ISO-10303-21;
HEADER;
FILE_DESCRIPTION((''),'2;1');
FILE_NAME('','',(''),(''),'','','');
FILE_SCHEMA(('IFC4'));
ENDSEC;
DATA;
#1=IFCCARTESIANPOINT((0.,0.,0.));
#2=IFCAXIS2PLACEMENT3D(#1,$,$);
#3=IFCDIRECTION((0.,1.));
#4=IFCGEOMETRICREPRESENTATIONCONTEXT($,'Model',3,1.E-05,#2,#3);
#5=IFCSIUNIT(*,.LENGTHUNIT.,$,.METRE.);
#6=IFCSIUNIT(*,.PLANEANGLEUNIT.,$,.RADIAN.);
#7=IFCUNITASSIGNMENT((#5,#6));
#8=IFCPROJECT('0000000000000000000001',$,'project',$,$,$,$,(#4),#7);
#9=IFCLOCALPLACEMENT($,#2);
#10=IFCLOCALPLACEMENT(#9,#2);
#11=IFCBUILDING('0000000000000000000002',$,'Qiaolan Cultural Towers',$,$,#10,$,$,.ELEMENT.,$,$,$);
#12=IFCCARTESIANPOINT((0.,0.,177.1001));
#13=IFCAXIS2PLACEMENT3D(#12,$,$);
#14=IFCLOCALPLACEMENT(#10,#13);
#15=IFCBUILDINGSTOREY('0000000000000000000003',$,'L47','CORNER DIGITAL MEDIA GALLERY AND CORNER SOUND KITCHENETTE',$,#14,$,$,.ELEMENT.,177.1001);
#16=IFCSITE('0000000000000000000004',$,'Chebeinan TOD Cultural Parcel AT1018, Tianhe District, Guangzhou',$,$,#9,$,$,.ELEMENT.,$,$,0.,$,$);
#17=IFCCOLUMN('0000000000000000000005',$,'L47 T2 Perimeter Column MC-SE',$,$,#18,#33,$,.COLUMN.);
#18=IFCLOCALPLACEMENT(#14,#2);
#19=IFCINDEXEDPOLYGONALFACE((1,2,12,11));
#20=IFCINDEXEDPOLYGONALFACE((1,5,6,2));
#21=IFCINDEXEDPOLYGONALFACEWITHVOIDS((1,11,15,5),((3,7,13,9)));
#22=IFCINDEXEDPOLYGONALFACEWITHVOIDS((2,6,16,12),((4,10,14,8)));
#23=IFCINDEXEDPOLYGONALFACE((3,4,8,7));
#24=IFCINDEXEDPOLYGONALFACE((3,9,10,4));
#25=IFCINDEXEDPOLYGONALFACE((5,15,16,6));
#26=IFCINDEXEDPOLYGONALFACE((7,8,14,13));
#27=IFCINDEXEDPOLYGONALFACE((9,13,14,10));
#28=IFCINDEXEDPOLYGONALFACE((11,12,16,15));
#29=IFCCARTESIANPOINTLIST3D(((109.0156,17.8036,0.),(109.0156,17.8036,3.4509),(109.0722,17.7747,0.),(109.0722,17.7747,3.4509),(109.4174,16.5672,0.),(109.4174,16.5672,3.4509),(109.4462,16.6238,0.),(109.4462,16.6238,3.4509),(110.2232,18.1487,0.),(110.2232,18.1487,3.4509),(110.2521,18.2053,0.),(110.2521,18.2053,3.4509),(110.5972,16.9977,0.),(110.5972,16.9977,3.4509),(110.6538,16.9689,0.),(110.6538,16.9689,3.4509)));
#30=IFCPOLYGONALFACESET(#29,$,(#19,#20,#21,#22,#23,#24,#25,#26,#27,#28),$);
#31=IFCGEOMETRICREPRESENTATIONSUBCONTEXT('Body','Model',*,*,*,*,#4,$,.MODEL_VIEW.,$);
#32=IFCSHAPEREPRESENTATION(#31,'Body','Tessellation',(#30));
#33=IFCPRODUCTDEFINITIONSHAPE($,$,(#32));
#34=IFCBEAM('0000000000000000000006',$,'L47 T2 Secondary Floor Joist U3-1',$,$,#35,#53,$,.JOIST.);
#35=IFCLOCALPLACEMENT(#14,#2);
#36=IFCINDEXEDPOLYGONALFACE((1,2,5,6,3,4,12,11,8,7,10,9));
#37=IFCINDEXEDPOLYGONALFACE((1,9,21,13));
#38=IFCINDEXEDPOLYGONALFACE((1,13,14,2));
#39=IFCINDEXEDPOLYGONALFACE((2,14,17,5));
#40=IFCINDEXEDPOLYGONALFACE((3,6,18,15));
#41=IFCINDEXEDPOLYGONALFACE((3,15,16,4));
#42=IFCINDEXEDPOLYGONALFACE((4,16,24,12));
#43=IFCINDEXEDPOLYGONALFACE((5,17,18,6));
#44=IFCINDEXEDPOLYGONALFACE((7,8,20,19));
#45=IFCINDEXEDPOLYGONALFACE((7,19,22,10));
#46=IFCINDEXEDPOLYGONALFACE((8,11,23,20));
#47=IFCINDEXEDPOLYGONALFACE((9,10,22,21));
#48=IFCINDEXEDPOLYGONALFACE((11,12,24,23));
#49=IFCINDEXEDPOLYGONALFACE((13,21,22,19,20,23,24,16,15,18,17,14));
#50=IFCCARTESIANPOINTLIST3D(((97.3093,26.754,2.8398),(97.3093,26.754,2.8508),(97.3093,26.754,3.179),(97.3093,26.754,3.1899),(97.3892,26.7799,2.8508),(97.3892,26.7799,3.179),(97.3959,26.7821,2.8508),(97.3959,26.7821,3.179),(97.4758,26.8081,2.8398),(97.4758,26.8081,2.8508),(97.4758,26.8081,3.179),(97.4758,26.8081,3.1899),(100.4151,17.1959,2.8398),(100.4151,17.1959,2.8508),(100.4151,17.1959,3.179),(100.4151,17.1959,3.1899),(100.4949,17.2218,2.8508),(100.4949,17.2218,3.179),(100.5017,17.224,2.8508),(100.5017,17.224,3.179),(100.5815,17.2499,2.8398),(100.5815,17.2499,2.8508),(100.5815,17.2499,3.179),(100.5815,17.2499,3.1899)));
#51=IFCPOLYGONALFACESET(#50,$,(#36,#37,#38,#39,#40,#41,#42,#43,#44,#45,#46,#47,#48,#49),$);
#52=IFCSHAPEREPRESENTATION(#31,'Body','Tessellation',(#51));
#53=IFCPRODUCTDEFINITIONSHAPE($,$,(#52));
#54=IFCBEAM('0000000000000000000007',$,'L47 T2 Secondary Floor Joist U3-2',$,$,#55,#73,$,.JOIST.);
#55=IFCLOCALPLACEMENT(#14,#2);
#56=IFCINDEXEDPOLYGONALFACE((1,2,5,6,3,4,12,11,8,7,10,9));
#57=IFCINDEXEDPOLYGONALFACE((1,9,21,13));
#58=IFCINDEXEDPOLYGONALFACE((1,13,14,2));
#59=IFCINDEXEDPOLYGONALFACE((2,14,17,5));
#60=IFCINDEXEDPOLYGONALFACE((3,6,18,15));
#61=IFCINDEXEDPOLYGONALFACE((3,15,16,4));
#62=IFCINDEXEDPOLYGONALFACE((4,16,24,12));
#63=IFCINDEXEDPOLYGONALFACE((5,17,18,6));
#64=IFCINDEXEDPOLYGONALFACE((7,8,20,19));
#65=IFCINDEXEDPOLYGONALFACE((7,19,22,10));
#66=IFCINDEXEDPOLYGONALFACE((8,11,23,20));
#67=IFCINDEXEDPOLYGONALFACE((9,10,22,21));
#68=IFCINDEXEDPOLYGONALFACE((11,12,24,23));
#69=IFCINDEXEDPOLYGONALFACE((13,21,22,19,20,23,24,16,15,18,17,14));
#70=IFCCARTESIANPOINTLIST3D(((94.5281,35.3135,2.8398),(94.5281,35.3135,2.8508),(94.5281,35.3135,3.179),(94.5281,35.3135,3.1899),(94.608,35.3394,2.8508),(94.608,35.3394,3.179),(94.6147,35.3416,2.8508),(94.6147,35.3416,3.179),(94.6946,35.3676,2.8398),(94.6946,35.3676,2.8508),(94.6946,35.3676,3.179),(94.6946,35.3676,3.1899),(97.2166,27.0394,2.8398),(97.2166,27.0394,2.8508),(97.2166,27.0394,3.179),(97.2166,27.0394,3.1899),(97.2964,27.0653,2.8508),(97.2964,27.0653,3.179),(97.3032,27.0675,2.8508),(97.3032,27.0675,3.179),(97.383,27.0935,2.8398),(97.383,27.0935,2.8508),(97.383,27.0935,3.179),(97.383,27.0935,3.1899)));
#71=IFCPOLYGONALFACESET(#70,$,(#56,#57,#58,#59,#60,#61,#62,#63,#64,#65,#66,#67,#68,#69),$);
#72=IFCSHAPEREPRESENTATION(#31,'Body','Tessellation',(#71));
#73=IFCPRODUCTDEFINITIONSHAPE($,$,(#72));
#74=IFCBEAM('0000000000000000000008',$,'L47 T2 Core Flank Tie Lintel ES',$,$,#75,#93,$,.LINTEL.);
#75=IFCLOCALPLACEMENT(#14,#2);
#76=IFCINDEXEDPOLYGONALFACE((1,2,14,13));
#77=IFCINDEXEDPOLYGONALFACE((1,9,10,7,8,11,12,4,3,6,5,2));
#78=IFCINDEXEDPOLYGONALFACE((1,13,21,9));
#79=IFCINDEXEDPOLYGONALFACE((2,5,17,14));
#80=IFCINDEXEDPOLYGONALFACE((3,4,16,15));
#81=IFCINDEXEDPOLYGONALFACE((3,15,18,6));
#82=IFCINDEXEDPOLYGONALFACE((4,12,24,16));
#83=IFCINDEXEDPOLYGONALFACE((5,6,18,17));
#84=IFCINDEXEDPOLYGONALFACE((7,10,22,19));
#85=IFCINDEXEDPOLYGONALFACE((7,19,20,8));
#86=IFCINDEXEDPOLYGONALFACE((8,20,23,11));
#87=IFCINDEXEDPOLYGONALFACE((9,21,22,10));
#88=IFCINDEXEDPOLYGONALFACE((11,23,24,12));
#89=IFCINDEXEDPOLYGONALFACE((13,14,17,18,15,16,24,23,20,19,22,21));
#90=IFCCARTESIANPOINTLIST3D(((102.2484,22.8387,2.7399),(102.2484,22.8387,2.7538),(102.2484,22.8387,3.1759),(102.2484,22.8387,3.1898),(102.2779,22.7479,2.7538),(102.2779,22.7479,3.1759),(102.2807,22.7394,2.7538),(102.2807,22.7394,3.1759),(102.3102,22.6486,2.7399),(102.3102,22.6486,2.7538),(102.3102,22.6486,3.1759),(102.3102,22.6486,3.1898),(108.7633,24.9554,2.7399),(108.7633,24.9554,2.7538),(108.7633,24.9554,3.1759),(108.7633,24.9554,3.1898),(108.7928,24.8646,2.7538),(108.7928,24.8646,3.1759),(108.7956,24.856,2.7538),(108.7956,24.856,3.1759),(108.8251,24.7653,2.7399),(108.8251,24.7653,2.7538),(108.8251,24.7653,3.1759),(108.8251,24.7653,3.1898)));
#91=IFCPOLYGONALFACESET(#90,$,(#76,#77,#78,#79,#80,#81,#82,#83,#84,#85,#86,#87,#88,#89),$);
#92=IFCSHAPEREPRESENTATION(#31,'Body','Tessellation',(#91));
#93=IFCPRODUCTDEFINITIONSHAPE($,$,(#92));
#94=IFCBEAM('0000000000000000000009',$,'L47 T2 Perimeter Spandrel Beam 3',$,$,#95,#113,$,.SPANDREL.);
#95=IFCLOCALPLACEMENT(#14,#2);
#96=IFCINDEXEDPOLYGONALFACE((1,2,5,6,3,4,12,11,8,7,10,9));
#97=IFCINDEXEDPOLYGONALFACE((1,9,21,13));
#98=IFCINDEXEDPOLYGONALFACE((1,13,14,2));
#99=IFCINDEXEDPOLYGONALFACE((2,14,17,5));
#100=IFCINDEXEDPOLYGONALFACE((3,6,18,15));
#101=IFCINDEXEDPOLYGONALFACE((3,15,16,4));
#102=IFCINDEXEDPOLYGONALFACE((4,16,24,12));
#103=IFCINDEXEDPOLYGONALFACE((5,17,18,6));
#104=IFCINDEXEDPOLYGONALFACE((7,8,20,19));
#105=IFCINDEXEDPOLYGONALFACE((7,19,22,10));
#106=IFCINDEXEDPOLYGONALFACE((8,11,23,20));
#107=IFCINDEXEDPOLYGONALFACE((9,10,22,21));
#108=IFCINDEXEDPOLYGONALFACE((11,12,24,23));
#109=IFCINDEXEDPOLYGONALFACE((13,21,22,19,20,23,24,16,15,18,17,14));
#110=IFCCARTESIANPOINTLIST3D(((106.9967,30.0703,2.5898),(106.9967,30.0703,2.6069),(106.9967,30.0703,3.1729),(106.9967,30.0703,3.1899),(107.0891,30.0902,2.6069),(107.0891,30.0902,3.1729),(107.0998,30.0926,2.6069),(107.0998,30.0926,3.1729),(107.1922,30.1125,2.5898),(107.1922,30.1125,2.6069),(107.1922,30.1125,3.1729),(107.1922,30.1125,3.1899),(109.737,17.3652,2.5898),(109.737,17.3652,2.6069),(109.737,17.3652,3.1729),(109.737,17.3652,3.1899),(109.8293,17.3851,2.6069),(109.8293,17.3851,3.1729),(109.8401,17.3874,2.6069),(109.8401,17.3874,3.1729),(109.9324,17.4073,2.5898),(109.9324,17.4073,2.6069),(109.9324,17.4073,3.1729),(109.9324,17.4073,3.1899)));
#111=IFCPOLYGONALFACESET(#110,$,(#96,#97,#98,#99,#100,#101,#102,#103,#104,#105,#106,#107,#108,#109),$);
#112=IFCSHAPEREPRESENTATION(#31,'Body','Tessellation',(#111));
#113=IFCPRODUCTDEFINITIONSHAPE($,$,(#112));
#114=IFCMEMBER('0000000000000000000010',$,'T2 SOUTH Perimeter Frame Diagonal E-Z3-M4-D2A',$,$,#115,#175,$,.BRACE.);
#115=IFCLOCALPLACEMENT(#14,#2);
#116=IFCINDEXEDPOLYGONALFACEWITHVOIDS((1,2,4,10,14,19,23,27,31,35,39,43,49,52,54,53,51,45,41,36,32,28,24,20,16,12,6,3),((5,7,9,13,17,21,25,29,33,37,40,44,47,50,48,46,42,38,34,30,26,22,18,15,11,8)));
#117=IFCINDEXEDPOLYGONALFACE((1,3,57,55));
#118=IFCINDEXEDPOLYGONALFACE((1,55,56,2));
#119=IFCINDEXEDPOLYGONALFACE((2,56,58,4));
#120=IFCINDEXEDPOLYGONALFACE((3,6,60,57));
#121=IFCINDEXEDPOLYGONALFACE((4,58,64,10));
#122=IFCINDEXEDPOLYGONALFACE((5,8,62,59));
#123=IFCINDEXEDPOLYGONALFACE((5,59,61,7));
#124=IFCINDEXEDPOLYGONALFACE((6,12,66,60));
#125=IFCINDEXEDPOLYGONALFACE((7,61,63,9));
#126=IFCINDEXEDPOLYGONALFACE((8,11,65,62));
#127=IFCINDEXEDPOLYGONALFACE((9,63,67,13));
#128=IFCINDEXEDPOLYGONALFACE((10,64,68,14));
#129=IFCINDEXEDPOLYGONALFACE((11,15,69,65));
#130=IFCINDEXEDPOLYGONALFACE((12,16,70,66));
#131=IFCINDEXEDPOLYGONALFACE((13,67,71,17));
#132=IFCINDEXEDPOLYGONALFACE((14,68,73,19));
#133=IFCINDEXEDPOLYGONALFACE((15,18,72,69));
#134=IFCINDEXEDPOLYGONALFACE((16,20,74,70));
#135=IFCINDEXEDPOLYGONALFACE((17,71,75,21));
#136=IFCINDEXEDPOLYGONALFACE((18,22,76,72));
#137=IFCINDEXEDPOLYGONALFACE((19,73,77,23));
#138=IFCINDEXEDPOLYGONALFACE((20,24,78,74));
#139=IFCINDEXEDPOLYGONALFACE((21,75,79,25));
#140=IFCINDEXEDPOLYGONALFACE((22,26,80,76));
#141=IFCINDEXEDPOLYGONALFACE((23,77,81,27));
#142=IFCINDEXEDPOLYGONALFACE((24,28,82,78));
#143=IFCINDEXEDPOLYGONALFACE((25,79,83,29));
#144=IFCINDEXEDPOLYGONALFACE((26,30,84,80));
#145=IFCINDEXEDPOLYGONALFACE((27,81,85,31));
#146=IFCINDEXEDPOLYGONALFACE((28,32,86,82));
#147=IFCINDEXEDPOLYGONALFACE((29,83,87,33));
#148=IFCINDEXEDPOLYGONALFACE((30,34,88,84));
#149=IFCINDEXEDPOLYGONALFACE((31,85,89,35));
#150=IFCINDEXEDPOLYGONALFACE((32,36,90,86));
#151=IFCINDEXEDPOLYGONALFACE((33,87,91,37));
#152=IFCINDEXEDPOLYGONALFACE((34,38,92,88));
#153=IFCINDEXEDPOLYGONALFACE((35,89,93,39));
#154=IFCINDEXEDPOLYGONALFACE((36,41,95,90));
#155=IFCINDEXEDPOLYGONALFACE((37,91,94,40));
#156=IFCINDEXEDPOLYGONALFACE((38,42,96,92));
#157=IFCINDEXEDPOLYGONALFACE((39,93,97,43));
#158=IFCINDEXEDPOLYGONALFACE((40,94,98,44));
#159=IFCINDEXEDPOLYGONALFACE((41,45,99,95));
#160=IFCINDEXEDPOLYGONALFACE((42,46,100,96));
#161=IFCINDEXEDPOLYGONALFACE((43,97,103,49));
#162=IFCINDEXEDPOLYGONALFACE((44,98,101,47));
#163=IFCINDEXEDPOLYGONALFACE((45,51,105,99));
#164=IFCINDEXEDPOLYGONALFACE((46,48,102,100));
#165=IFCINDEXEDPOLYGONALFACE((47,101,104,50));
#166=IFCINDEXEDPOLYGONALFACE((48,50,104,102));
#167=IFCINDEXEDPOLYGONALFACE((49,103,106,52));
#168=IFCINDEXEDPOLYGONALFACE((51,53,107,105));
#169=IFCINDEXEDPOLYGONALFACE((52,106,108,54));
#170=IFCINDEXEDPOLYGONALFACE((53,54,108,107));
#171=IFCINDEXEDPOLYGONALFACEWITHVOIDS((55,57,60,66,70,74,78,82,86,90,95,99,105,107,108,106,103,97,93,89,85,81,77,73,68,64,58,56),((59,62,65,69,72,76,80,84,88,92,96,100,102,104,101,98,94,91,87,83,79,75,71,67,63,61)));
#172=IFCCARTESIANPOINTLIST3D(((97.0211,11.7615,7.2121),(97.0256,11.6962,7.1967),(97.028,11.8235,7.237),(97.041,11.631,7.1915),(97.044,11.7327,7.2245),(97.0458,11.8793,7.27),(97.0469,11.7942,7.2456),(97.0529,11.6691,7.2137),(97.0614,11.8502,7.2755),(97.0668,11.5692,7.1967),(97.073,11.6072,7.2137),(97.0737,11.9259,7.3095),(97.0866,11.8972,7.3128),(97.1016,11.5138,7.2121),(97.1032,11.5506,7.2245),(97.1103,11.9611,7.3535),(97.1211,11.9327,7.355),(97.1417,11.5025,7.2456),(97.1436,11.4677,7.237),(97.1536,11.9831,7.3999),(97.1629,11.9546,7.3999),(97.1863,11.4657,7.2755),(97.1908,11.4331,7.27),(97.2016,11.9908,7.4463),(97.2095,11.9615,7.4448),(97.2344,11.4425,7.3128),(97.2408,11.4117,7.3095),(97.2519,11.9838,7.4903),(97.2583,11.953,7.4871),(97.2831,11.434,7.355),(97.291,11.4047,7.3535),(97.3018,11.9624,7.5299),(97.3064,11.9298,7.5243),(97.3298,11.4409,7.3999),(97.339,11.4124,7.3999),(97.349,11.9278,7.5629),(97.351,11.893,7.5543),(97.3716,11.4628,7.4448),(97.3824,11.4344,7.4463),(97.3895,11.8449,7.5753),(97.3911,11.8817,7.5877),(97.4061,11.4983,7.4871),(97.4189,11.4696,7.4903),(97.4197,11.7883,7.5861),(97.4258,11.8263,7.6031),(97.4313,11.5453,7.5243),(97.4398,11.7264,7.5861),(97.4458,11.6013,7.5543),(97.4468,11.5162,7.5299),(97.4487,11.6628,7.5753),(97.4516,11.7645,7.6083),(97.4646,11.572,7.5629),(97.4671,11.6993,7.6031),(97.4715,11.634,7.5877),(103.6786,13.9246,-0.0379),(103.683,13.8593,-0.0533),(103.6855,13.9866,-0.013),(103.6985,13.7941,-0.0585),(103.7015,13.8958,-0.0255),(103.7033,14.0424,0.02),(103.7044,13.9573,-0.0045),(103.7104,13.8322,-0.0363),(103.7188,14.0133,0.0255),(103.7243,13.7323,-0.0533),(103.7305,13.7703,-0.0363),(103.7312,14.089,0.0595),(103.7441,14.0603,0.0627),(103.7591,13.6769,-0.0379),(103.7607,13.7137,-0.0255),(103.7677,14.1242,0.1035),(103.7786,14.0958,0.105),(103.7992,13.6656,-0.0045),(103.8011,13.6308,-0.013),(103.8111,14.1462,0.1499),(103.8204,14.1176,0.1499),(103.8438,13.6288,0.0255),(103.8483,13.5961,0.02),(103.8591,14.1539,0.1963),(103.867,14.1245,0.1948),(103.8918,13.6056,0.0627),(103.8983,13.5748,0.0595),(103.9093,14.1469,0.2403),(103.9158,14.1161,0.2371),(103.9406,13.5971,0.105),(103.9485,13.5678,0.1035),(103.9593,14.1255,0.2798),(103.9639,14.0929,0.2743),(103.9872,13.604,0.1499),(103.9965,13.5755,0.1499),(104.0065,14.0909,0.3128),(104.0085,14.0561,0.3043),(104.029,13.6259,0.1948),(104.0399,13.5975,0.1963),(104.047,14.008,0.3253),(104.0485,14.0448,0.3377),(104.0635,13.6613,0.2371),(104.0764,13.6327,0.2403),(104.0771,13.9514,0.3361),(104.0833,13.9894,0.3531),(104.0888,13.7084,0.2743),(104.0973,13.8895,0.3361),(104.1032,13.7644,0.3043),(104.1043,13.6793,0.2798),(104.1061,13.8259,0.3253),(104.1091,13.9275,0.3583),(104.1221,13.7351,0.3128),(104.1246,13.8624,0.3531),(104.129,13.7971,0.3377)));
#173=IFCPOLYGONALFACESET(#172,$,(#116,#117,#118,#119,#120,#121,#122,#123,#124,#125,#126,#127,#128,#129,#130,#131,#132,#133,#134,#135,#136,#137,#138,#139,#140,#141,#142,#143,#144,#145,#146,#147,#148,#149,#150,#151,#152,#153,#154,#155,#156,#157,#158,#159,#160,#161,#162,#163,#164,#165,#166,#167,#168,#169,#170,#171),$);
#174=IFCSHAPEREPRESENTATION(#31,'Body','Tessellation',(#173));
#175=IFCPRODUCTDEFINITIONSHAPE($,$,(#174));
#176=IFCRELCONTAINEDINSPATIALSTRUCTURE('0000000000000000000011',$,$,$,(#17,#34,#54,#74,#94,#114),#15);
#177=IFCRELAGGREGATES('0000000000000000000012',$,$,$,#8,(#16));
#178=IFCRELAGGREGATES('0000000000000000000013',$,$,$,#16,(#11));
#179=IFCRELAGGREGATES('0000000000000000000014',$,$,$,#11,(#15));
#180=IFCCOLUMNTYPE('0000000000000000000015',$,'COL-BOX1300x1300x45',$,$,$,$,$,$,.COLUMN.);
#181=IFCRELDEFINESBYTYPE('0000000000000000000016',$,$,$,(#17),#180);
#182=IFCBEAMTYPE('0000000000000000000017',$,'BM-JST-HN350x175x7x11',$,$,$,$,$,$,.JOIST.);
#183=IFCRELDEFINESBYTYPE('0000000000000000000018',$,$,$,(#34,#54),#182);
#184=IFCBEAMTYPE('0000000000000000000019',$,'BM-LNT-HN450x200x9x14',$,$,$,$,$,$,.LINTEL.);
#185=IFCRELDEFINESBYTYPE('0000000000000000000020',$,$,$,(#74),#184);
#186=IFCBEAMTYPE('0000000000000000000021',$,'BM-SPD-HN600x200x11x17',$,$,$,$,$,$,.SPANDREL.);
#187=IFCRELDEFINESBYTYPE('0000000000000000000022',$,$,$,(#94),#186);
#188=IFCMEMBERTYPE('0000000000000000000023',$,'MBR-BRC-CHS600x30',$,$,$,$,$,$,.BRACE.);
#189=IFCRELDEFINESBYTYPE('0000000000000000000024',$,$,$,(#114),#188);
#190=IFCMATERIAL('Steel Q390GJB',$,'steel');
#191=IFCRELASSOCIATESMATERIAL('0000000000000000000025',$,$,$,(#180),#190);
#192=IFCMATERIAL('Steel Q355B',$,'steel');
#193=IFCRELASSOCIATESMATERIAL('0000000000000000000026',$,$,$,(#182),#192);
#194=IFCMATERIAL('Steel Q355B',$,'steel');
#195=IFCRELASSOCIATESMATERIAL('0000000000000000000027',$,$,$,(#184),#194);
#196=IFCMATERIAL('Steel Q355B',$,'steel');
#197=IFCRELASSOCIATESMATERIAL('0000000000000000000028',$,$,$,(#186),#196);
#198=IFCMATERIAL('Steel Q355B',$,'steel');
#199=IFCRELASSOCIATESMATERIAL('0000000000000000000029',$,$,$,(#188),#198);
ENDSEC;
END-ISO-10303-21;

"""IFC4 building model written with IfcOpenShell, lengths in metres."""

from ifc_helpers import new_model, si_unit, direction, frame, origin, origin_2d, place, context, subcontext, project, spatial, hollow_rectangle, hollow_circle, i_section, extrude, material, material_profile, profile_set, type_object, element, save


model = new_model("IFC4")

# Units and contexts
model_context = context("Model", 3, precision=1e-05, world=origin(), true_north=direction((0.0, 1.0)))
body_context = subcontext(model_context, "Body", "Model", "MODEL_VIEW")
ifc_project = project(units=[si_unit("LENGTHUNIT", "METRE"), si_unit("PLANEANGLEUNIT", "RADIAN")], contexts=[model_context])

# Site, building, storey
site_placement = place(None, origin())
site = spatial("IfcSite", under=ifc_project, at=site_placement, Name="Chebeinan TOD Cultural Parcel AT1018, Tianhe District, Guangzhou", CompositionType="ELEMENT", RefElevation=0.0)
building_placement = place(site_placement, origin())
building = spatial("IfcBuilding", under=site, at=building_placement, Name="Qiaolan Cultural Towers", CompositionType="ELEMENT")
storey_placement = place(building_placement, frame((0.0, 0.0, 177.1001)))
storey = spatial("IfcBuildingStorey", under=building, at=storey_placement, Name="L47", Description="CORNER DIGITAL MEDIA GALLERY AND CORNER SOUND KITCHENETTE", CompositionType="ELEMENT", Elevation=177.1001)

# Column
ifc_material_1 = material(Name="Steel Q390GJB", Category="steel")
ifc_material_profile_1 = material_profile(ifc_material_1, hollow_rectangle(XDim=1.3, YDim=1.3, WallThickness=0.0449, at=origin_2d()), Name="BOX1300x1300x45")
ifc_profile_set_1 = profile_set([ifc_material_profile_1], Name="Steel Q390GJB")
column_type = type_object("IfcColumnType", Name="COL-BOX1300x1300x45", PredefinedType="COLUMN", material=ifc_profile_set_1)
column_placement = place(storey_placement, frame((109.8347, 17.3862, 0.0), z_axis=(0.0, 0.0, 1.0), x_axis=(0.951057, 0.309017, 0.0)))
element("IfcColumn", 1, at=column_placement, inside=storey, type_object=column_type, Name="L47 T2 Perimeter Column MC-SE", PredefinedType="COLUMN", context=body_context, shape_type="SweptSolid", body=[
    extrude(hollow_rectangle(XDim=1.3, YDim=1.3, WallThickness=0.0449, at=origin_2d()), origin(), (0.0, 0.0, 1.0), 3.4509),
])

# Beams
ifc_material_2 = material(Name="Steel Q355B", Category="steel")
ifc_material_profile_2 = material_profile(ifc_material_2, i_section(OverallWidth=0.175, OverallDepth=0.3501, WebThickness=0.0071, FlangeThickness=0.011, at=origin_2d()), Name="HN350x175x7x11")
ifc_profile_set_2 = profile_set([ifc_material_profile_2], Name="Steel Q355B")
beam_type_1 = type_object("IfcBeamType", Name="BM-JST-HN350x175x7x11", PredefinedType="JOIST", material=ifc_profile_set_2)
beam_1_placement = place(storey_placement, frame((100.4983, 17.2229, 3.0149), z_axis=(-0.309026, 0.951054, 0.0), x_axis=(-0.951054, -0.309026, 0.0)))
element("IfcBeam", 2, at=beam_1_placement, inside=storey, type_object=beam_type_1, Name="L47 T2 Secondary Floor Joist U3-1", PredefinedType="JOIST", context=body_context, shape_type="SweptSolid", body=[
    extrude(i_section(OverallWidth=0.175, OverallDepth=0.3501, WebThickness=0.0071, FlangeThickness=0.011, at=origin_2d()), origin(), (0.0, 0.0, 1.0), 10.05),
])
beam_2_placement = place(storey_placement, frame((97.2998, 27.0664, 3.0149), z_axis=(-0.309021, 0.951055, 0.0), x_axis=(-0.951055, -0.309021, 0.0)))
element("IfcBeam", 3, at=beam_2_placement, inside=storey, type_object=beam_type_1, Name="L47 T2 Secondary Floor Joist U3-2", PredefinedType="JOIST", context=body_context, shape_type="SweptSolid", body=[
    extrude(i_section(OverallWidth=0.175, OverallDepth=0.3501, WebThickness=0.0071, FlangeThickness=0.011, at=origin_2d()), origin(), (0.0, 0.0, 1.0), 8.7),
])
ifc_material_3 = material(Name="Steel Q355B", Category="steel")
ifc_material_profile_3 = material_profile(ifc_material_3, i_section(OverallWidth=0.2, OverallDepth=0.45, WebThickness=0.009, FlangeThickness=0.0139, at=origin_2d()), Name="HN450x200x9x14")
ifc_profile_set_3 = profile_set([ifc_material_profile_3], Name="Steel Q355B")
beam_type_2 = type_object("IfcBeamType", Name="BM-LNT-HN450x200x9x14", PredefinedType="LINTEL", material=ifc_profile_set_3)
beam_3_placement = place(storey_placement, frame((102.2793, 22.7437, 2.9648), z_axis=(0.951062, 0.309001, 0.0), x_axis=(-0.309001, 0.951062, 0.0)))
element("IfcBeam", 4, at=beam_3_placement, inside=storey, type_object=beam_type_2, Name="L47 T2 Core Flank Tie Lintel ES", PredefinedType="LINTEL", context=body_context, shape_type="SweptSolid", body=[
    extrude(i_section(OverallWidth=0.2, OverallDepth=0.45, WebThickness=0.009, FlangeThickness=0.0139, at=origin_2d()), origin(), (0.0, 0.0, 1.0), 6.8501),
])
ifc_material_4 = material(Name="Steel Q355B", Category="steel")
ifc_material_profile_4 = material_profile(ifc_material_4, i_section(OverallWidth=0.2, OverallDepth=0.6001, WebThickness=0.011, FlangeThickness=0.0171, at=origin_2d()), Name="HN600x200x11x17")
ifc_profile_set_4 = profile_set([ifc_material_profile_4], Name="Steel Q355B")
beam_type_3 = type_object("IfcBeamType", Name="BM-SPD-HN600x200x11x17", PredefinedType="SPANDREL", material=ifc_profile_set_4)
beam_4_placement = place(storey_placement, frame((109.8347, 17.3862, 2.8899), z_axis=(-0.210832, 0.977522, 0.0), x_axis=(-0.977522, -0.210832, 0.0)))
element("IfcBeam", 5, at=beam_4_placement, inside=storey, type_object=beam_type_3, Name="L47 T2 Perimeter Spandrel Beam 3", PredefinedType="SPANDREL", context=body_context, shape_type="SweptSolid", body=[
    extrude(i_section(OverallWidth=0.2, OverallDepth=0.6001, WebThickness=0.011, FlangeThickness=0.0171, at=origin_2d()), origin(), (0.0, 0.0, 1.0), 12.9973),
])

# Member
ifc_material_5 = material(Name="Steel Q355B", Category="steel")
ifc_material_profile_5 = material_profile(ifc_material_5, hollow_circle(Radius=0.3, WallThickness=0.03, at=origin_2d()), Name="CHS600x30")
ifc_profile_set_5 = profile_set([ifc_material_profile_5], Name="Steel Q355B")
member_type = type_object("IfcMemberType", Name="MBR-BRC-CHS600x30", PredefinedType="BRACE", material=ifc_profile_set_5)
member_placement = place(storey_placement, frame((103.9038, 13.8608, 0.1499), z_axis=(-0.660603, -0.214637, 0.719398), x_axis=(0.30901, -0.951059, 0.0)))
element("IfcMember", 6, at=member_placement, inside=storey, type_object=member_type, Name="T2 SOUTH Perimeter Frame Diagonal E-Z3-M4-D2A", PredefinedType="BRACE", context=body_context, shape_type="SweptSolid", body=[
    extrude(hollow_circle(Radius=0.3, WallThickness=0.03, at=origin_2d()), origin(), (0.0, 0.0, 1.0), 10.0779),
])

save(model, "model.ifc")
